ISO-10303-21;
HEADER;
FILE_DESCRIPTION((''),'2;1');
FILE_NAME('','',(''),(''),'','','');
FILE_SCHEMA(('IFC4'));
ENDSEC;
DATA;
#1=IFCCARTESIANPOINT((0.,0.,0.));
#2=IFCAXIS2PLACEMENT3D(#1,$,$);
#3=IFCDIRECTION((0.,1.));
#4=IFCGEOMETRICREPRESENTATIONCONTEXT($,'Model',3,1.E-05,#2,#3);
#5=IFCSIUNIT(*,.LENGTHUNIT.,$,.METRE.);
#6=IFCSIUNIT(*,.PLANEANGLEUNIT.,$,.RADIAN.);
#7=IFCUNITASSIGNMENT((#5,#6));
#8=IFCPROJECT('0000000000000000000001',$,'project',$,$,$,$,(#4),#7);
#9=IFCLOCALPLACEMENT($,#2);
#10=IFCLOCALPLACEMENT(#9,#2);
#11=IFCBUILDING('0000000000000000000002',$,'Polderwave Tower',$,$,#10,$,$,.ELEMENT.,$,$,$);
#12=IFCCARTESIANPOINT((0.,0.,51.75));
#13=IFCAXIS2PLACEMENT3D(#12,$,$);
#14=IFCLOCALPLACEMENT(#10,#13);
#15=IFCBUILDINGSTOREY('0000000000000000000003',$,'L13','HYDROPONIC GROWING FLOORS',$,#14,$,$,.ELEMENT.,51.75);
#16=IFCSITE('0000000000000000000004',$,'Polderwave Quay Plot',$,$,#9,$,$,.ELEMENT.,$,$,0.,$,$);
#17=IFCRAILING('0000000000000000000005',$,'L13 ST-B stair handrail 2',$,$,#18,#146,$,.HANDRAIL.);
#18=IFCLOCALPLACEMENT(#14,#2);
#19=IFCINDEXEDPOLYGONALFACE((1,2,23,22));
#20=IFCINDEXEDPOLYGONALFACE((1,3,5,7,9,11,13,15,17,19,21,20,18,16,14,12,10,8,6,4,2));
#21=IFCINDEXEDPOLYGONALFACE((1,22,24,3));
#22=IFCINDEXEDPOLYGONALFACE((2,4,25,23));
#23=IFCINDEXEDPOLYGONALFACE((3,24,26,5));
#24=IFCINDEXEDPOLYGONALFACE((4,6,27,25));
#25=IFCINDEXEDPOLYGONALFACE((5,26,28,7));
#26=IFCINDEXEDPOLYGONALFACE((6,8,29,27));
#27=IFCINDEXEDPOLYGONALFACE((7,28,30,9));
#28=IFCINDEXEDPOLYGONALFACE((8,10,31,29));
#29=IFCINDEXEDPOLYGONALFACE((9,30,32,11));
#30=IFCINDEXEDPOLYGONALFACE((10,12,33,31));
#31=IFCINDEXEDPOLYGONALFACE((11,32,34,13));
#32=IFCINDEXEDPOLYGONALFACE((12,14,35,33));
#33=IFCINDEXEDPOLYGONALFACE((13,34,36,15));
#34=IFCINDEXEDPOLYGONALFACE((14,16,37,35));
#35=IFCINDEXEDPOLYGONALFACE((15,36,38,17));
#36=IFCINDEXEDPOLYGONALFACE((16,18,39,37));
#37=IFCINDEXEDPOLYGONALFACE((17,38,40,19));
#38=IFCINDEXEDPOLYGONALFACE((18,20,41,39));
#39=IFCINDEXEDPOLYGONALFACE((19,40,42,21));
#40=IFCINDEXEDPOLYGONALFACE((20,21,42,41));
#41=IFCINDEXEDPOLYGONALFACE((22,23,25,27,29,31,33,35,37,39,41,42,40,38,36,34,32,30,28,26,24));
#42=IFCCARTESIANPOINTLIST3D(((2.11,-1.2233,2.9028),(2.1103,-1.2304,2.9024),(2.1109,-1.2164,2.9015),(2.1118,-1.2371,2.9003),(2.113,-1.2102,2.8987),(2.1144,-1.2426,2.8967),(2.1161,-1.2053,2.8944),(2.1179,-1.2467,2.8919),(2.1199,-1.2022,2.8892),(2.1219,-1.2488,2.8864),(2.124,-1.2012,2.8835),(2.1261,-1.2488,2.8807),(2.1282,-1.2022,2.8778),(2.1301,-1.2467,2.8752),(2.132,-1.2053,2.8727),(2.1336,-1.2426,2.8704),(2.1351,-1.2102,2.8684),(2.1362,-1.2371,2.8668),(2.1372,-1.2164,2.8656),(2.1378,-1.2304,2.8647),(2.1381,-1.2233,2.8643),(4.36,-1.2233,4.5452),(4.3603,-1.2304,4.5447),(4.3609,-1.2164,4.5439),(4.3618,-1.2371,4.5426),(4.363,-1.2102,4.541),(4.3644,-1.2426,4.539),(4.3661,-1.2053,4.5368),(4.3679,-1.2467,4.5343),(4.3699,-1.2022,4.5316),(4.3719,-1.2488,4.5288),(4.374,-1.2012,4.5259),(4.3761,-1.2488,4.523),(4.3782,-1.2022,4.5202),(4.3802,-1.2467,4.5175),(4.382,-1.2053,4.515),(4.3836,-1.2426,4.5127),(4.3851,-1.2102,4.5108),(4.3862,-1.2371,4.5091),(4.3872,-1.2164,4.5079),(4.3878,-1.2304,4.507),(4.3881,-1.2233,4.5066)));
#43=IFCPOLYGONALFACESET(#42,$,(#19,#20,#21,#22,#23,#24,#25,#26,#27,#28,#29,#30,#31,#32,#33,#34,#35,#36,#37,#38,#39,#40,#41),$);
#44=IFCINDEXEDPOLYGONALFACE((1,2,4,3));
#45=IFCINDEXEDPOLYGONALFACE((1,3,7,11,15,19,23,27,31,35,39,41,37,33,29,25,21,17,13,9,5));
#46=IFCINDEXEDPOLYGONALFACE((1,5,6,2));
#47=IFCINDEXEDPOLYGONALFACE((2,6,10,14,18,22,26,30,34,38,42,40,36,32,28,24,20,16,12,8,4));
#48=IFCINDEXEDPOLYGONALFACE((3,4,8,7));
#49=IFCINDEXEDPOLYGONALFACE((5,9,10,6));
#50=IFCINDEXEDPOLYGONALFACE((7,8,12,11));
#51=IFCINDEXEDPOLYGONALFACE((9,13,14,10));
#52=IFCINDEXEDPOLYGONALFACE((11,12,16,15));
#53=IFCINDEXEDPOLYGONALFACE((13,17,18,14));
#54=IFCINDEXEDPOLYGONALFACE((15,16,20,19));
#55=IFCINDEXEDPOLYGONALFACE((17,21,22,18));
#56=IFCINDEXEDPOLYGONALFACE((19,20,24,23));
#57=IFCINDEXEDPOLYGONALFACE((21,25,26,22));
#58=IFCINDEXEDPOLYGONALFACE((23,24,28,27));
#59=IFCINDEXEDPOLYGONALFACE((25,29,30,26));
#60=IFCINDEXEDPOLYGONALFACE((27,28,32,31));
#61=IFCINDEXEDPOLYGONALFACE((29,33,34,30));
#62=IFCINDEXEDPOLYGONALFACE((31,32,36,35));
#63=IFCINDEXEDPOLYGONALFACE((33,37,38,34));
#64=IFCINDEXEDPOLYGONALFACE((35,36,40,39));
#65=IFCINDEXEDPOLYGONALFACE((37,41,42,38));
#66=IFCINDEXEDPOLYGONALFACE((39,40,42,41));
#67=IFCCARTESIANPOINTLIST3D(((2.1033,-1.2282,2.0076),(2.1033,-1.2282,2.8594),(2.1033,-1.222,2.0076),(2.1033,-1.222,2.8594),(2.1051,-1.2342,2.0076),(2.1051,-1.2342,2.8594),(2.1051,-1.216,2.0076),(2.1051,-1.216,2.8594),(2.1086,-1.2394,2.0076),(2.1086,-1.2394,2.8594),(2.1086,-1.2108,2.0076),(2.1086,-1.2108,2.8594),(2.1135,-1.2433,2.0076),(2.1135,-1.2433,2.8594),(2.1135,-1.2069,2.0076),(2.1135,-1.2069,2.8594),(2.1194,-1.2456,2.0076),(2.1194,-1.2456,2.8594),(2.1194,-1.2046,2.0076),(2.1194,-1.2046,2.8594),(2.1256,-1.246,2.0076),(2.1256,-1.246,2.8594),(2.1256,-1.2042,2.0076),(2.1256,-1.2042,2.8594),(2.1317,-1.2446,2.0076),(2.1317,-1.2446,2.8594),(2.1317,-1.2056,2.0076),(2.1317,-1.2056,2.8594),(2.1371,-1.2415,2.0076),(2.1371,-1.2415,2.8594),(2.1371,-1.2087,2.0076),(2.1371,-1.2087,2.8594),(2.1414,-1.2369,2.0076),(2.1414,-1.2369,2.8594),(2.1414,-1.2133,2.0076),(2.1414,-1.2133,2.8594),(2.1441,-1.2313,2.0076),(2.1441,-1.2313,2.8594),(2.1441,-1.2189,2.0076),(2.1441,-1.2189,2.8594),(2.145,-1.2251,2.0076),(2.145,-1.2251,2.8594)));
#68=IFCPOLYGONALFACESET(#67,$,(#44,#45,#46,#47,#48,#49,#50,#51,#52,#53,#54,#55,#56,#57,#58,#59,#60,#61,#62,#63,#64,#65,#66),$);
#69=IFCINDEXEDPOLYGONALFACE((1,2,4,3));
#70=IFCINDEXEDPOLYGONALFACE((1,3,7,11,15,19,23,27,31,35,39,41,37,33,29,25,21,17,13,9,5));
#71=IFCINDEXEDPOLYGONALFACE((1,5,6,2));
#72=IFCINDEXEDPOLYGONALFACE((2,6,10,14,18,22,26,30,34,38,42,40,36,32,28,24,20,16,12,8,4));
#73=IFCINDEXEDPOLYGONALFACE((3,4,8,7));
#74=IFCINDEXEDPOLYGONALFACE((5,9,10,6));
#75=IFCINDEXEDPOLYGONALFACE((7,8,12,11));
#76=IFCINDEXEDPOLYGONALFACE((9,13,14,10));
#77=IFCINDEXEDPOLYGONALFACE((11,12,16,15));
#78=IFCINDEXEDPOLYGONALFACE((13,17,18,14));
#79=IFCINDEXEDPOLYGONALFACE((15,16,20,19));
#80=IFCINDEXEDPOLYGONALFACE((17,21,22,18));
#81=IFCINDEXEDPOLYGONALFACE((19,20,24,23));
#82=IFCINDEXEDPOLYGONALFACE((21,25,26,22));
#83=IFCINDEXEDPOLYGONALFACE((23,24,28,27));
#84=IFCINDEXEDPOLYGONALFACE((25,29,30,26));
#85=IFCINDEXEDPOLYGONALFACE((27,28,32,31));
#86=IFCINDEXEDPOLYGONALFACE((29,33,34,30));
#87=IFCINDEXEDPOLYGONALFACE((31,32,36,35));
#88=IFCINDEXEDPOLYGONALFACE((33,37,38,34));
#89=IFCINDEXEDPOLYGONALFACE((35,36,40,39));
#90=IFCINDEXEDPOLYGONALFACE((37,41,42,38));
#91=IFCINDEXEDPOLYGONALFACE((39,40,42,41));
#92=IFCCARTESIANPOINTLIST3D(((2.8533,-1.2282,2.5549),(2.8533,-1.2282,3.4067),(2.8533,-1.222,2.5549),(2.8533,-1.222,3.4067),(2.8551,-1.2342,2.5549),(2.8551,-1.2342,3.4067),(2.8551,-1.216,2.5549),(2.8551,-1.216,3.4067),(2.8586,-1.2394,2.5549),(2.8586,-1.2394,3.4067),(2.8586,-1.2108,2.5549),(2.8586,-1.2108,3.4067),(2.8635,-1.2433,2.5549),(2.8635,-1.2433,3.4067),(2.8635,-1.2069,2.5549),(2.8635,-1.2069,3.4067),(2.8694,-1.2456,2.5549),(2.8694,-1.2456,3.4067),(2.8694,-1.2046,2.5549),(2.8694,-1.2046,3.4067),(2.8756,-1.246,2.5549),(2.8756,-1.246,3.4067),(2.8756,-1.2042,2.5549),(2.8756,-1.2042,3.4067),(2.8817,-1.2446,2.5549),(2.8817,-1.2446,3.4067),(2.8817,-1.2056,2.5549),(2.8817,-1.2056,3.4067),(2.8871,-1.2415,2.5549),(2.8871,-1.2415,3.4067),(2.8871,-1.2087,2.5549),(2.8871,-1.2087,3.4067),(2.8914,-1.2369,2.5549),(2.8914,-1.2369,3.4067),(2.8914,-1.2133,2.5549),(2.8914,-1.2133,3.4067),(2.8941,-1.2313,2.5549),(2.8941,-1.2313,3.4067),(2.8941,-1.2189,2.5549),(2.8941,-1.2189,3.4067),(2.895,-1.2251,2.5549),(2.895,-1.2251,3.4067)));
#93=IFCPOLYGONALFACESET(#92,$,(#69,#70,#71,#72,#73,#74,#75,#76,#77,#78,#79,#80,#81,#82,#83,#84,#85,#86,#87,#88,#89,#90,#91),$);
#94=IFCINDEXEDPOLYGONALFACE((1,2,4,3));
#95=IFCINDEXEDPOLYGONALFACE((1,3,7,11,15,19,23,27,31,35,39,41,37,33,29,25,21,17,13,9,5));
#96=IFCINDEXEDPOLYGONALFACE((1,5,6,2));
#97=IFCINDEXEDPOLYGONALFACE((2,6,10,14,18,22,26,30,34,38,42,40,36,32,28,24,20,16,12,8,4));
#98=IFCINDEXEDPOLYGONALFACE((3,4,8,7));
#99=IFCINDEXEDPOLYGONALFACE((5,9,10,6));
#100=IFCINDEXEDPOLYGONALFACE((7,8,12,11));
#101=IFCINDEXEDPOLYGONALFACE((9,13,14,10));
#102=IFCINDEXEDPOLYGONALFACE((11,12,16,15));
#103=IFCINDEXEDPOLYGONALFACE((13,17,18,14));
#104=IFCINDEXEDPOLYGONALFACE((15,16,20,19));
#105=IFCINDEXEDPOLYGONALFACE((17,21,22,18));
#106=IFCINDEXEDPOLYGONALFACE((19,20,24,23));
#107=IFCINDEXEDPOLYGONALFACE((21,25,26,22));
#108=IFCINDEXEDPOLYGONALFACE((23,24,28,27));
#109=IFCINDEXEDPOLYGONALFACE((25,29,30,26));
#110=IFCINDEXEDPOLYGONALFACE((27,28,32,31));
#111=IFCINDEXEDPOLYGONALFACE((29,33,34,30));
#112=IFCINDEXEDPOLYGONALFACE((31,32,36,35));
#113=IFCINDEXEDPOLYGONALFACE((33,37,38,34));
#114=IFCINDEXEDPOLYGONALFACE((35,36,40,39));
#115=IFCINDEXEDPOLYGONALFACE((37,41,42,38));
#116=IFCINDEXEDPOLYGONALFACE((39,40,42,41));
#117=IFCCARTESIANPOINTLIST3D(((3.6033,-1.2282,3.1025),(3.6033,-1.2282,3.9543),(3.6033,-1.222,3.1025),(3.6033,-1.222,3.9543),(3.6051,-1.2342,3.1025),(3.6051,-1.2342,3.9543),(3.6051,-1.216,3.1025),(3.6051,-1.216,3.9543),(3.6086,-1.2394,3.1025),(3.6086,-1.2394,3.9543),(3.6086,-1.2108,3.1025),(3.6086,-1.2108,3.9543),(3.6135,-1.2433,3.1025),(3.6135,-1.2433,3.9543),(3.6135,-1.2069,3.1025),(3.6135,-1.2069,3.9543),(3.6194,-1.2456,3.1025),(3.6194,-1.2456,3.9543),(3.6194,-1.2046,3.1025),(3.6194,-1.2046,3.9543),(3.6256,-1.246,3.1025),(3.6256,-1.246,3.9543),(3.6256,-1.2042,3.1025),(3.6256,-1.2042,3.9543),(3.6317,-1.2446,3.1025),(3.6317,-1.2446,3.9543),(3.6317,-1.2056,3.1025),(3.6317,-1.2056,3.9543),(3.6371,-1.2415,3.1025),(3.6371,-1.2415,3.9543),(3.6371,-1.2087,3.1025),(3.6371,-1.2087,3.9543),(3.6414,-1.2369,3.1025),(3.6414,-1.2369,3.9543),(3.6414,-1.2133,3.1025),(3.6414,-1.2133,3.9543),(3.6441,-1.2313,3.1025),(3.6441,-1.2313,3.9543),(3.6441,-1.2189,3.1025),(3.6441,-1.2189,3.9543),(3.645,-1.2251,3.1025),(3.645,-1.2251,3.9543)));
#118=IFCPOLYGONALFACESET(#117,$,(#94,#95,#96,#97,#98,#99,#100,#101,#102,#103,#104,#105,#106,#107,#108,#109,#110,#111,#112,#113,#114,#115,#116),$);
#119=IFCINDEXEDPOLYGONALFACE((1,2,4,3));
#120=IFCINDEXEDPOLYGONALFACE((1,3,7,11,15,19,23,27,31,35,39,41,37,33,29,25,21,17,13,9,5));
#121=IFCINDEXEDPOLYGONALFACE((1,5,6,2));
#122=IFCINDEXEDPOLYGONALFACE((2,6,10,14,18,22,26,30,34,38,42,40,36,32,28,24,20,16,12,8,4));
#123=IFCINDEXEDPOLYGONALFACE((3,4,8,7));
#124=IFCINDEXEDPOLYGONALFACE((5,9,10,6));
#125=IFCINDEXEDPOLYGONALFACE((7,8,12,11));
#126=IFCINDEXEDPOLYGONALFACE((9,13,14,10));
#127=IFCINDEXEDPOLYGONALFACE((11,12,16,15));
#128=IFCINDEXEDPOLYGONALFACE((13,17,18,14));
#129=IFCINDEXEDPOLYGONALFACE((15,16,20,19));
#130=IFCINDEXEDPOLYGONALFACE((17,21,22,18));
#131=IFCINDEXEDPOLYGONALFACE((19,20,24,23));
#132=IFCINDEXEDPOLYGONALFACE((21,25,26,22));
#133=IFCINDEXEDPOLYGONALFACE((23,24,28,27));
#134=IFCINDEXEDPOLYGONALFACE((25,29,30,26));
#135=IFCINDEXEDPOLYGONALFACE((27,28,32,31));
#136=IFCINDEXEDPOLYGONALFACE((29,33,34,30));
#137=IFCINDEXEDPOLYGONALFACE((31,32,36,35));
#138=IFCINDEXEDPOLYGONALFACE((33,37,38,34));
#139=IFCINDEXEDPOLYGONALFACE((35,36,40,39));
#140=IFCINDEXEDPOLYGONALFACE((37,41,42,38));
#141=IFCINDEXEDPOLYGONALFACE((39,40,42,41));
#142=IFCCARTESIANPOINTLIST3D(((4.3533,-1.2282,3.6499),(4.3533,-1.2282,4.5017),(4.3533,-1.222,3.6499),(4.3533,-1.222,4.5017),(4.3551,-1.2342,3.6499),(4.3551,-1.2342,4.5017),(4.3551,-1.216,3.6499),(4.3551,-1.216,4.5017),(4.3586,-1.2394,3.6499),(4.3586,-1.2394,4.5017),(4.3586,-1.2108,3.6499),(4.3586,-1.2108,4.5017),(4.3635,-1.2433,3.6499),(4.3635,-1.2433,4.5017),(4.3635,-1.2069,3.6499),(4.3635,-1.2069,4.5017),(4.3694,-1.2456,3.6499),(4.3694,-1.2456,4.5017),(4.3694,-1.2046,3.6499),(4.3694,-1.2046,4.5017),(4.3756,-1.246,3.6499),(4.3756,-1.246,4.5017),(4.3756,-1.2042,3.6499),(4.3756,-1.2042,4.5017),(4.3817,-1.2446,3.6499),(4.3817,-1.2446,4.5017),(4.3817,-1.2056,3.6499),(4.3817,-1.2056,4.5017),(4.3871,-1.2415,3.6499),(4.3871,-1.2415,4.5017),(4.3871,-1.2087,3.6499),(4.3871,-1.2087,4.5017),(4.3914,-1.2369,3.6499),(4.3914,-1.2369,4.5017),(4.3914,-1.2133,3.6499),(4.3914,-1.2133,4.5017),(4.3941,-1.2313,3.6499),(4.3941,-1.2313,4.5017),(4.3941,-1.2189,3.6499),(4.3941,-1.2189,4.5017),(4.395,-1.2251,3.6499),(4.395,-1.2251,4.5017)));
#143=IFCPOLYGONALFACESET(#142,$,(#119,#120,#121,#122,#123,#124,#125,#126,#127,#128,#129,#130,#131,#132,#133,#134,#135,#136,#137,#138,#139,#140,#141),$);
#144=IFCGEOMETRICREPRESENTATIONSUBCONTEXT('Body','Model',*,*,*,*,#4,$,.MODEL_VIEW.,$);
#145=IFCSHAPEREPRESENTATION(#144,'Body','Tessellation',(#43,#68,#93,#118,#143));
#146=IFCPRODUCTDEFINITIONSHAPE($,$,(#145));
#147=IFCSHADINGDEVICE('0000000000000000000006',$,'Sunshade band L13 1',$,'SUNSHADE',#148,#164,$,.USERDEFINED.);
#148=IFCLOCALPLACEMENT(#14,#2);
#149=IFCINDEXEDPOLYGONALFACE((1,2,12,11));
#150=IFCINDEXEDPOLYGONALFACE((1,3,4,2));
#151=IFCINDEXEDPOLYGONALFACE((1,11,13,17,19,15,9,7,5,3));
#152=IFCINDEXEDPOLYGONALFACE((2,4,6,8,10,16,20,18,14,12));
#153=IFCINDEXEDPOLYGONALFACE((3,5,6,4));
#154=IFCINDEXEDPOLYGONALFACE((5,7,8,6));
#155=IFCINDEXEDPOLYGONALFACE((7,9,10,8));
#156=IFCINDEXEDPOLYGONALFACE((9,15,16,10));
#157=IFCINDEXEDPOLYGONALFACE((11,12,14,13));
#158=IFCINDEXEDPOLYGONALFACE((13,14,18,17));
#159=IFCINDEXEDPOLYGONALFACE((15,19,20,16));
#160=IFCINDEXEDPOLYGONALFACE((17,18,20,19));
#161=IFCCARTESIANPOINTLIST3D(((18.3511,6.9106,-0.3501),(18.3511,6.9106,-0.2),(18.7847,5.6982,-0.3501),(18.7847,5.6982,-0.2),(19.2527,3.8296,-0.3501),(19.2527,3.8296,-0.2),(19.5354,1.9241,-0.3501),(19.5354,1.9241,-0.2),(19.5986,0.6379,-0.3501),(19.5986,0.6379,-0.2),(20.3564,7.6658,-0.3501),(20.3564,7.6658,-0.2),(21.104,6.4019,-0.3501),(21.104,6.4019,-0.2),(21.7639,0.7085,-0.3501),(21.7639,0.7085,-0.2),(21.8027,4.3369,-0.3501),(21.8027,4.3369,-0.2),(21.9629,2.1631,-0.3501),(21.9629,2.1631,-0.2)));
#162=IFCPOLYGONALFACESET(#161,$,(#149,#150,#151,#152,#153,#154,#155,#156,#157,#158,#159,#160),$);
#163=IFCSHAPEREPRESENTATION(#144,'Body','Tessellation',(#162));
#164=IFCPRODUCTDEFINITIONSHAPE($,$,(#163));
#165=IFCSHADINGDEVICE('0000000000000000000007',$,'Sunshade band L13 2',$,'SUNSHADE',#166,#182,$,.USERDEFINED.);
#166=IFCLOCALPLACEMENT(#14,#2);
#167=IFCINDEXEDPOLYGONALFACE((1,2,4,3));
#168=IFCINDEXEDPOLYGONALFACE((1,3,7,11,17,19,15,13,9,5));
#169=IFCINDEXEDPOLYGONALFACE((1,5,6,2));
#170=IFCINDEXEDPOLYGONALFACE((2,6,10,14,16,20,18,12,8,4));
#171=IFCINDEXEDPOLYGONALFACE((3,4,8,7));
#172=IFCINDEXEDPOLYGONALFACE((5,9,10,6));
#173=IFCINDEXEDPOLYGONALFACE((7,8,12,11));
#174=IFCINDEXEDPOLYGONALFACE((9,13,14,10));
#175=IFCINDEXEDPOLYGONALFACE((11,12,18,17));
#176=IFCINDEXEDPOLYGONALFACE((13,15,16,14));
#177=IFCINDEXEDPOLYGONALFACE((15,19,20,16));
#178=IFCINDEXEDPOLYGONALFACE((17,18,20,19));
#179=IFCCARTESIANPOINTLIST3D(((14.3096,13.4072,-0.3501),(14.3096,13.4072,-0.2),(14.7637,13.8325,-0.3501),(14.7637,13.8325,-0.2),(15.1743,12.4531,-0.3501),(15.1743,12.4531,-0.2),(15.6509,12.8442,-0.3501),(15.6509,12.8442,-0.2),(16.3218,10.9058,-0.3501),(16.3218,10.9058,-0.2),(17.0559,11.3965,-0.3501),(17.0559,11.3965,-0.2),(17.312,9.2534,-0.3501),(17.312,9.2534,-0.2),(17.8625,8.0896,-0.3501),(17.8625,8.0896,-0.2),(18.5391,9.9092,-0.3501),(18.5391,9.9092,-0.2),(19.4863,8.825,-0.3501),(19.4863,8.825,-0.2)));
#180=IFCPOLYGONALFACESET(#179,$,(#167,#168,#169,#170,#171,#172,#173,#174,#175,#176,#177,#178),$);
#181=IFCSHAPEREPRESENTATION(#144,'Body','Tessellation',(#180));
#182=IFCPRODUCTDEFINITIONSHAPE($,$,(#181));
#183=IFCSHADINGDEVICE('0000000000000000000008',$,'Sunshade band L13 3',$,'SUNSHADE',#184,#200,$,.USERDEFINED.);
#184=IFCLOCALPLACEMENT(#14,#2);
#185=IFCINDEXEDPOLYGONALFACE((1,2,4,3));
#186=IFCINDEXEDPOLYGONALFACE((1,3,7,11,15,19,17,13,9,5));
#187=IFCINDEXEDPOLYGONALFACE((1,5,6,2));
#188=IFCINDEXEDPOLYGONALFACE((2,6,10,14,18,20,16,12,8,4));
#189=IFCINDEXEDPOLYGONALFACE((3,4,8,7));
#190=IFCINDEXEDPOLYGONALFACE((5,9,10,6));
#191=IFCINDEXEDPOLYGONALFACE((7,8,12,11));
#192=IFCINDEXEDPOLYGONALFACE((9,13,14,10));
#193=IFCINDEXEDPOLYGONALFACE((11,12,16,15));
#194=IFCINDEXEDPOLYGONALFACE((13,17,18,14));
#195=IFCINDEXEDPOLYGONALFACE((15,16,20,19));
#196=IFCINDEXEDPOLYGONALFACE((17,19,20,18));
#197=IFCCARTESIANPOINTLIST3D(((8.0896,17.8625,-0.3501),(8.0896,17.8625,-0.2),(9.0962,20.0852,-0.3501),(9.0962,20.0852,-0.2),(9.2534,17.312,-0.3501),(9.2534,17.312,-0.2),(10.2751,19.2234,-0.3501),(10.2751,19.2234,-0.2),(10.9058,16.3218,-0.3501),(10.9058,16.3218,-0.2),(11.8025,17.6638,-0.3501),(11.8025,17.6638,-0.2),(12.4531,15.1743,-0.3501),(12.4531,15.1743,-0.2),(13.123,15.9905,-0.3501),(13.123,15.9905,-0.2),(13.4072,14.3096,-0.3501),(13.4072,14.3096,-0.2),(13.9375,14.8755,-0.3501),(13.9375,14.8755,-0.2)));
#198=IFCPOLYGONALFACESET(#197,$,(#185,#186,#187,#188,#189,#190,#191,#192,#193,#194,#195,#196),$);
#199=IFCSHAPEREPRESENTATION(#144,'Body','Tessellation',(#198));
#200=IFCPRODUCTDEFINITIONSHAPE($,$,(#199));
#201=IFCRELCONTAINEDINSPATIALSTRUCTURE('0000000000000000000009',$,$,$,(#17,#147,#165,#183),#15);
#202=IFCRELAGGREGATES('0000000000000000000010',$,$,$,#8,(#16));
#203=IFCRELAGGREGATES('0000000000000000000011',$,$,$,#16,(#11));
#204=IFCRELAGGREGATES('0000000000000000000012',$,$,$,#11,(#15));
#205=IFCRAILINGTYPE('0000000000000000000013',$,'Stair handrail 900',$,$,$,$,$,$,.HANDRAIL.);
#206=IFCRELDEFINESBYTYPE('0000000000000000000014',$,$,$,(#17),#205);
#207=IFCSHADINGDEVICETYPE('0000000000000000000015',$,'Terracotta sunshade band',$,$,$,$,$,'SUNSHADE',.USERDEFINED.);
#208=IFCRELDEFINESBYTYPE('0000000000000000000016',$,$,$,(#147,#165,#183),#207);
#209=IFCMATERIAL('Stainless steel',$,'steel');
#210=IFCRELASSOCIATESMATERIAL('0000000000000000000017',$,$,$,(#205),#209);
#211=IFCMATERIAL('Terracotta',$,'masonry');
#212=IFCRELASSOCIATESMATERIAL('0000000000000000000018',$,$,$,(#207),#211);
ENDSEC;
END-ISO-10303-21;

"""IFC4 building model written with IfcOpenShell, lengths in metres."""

from ifc_helpers import new_model, si_unit, direction, frame, origin, origin_2d, place, context, subcontext, project, spatial, polyline, circle, outline, extrude, material, type_object, element, save


model = new_model("IFC4")

# Units and contexts
model_context = context("Model", 3, precision=1e-05, world=origin(), true_north=direction((0.0, 1.0)))
body_context = subcontext(model_context, "Body", "Model", "MODEL_VIEW")
ifc_project = project(units=[si_unit("LENGTHUNIT", "METRE"), si_unit("PLANEANGLEUNIT", "RADIAN")], contexts=[model_context])

# Site, building, storey
site_placement = place(None, origin())
site = spatial("IfcSite", under=ifc_project, at=site_placement, Name="Polderwave Quay Plot", CompositionType="ELEMENT", RefElevation=0.0)
building_placement = place(site_placement, origin())
building = spatial("IfcBuilding", under=site, at=building_placement, Name="Polderwave Tower", CompositionType="ELEMENT")
storey_placement = place(building_placement, frame((0.0, 0.0, 51.75)))
storey = spatial("IfcBuildingStorey", under=building, at=storey_placement, Name="L13", Description="HYDROPONIC GROWING FLOORS", CompositionType="ELEMENT", Elevation=51.75)

# Railing
ifc_material_1 = material(Name="Stainless steel", Category="steel")
railing_type_1 = type_object("IfcRailingType", Name="Stair handrail 900", PredefinedType="HANDRAIL", material=ifc_material_1)
railing_1_placement = place(storey_placement, frame((2.124, -1.2251, 2.0076)))
element("IfcRailing", 1, at=railing_1_placement, inside=storey, type_object=railing_type_1, Name="L13 ST-B stair handrail 2", PredefinedType="HANDRAIL", context=body_context, shape_type="SweptSolid", body=[
    extrude(circle(Radius=0.0239, at=origin_2d()), frame((0.0, 0.0, 0.876), z_axis=(0.807715, 0.0, 0.589573), x_axis=(0.0, 1.0, 0.0)), (0.0, 0.0, 1.0), 2.7856),
    extrude(circle(Radius=0.021, at=origin_2d()), origin(), (0.0, 0.0, 1.0), 0.8518),
    extrude(circle(Radius=0.021, at=origin_2d()), frame((0.75, 0.0, 0.5474)), (0.0, 0.0, 1.0), 0.8518),
    extrude(circle(Radius=0.021, at=origin_2d()), frame((1.5, 0.0, 1.095)), (0.0, 0.0, 1.0), 0.8518),
    extrude(circle(Radius=0.021, at=origin_2d()), frame((2.25, 0.0, 1.6423)), (0.0, 0.0, 1.0), 0.8518),
])

# Shading devices
ifc_material_2 = material(Name="Terracotta", Category="masonry")
shading_device_type = type_object("IfcShadingDeviceType", Name="Terracotta sunshade band", ElementType="SUNSHADE", PredefinedType="USERDEFINED", material=ifc_material_2)
shading_device_1_placement = place(storey_placement, frame((0.0, 0.0, -0.3501)))
element("IfcShadingDevice", 2, at=shading_device_1_placement, inside=storey, type_object=shading_device_type, Name="Sunshade band L13 1", ObjectType="SUNSHADE", PredefinedType="USERDEFINED", context=body_context, shape_type="SweptSolid", body=[
    extrude(outline(polyline([(19.5986, 0.6379), (19.5354, 1.9241), (19.2527, 3.8296), (18.7847, 5.6982), (18.3511, 6.9106), (20.3564, 7.6658), (21.104, 6.4019), (21.8027, 4.3369), (21.9629, 2.1631), (21.7639, 0.7085), (19.5986, 0.6379)])), origin(), (0.0, 0.0, 1.0), 0.1501),
])
shading_device_2_placement = place(storey_placement, frame((0.0, 0.0, -0.3501)))
element("IfcShadingDevice", 3, at=shading_device_2_placement, inside=storey, type_object=shading_device_type, Name="Sunshade band L13 2", ObjectType="SUNSHADE", PredefinedType="USERDEFINED", context=body_context, shape_type="SweptSolid", body=[
    extrude(outline(polyline([(17.8625, 8.0896), (17.312, 9.2534), (16.3218, 10.9058), (15.1743, 12.4531), (14.3096, 13.4072), (14.7637, 13.8325), (15.6509, 12.8442), (17.0559, 11.3965), (18.5391, 9.9092), (19.4863, 8.825), (17.8625, 8.0896)])), origin(), (0.0, 0.0, 1.0), 0.1501),
])
shading_device_3_placement = place(storey_placement, frame((0.0, 0.0, -0.3501)))
element("IfcShadingDevice", 4, at=shading_device_3_placement, inside=storey, type_object=shading_device_type, Name="Sunshade band L13 3", ObjectType="SUNSHADE", PredefinedType="USERDEFINED", context=body_context, shape_type="SweptSolid", body=[
    extrude(outline(polyline([(13.4072, 14.3096), (12.4531, 15.1743), (10.9058, 16.3218), (9.2534, 17.312), (8.0896, 17.8625), (9.0962, 20.0852), (10.2751, 19.2234), (11.8025, 17.6638), (13.123, 15.9905), (13.9375, 14.8755), (13.4072, 14.3096)])), origin(), (0.0, 0.0, 1.0), 0.1501),
])

save(model, "model.ifc")
